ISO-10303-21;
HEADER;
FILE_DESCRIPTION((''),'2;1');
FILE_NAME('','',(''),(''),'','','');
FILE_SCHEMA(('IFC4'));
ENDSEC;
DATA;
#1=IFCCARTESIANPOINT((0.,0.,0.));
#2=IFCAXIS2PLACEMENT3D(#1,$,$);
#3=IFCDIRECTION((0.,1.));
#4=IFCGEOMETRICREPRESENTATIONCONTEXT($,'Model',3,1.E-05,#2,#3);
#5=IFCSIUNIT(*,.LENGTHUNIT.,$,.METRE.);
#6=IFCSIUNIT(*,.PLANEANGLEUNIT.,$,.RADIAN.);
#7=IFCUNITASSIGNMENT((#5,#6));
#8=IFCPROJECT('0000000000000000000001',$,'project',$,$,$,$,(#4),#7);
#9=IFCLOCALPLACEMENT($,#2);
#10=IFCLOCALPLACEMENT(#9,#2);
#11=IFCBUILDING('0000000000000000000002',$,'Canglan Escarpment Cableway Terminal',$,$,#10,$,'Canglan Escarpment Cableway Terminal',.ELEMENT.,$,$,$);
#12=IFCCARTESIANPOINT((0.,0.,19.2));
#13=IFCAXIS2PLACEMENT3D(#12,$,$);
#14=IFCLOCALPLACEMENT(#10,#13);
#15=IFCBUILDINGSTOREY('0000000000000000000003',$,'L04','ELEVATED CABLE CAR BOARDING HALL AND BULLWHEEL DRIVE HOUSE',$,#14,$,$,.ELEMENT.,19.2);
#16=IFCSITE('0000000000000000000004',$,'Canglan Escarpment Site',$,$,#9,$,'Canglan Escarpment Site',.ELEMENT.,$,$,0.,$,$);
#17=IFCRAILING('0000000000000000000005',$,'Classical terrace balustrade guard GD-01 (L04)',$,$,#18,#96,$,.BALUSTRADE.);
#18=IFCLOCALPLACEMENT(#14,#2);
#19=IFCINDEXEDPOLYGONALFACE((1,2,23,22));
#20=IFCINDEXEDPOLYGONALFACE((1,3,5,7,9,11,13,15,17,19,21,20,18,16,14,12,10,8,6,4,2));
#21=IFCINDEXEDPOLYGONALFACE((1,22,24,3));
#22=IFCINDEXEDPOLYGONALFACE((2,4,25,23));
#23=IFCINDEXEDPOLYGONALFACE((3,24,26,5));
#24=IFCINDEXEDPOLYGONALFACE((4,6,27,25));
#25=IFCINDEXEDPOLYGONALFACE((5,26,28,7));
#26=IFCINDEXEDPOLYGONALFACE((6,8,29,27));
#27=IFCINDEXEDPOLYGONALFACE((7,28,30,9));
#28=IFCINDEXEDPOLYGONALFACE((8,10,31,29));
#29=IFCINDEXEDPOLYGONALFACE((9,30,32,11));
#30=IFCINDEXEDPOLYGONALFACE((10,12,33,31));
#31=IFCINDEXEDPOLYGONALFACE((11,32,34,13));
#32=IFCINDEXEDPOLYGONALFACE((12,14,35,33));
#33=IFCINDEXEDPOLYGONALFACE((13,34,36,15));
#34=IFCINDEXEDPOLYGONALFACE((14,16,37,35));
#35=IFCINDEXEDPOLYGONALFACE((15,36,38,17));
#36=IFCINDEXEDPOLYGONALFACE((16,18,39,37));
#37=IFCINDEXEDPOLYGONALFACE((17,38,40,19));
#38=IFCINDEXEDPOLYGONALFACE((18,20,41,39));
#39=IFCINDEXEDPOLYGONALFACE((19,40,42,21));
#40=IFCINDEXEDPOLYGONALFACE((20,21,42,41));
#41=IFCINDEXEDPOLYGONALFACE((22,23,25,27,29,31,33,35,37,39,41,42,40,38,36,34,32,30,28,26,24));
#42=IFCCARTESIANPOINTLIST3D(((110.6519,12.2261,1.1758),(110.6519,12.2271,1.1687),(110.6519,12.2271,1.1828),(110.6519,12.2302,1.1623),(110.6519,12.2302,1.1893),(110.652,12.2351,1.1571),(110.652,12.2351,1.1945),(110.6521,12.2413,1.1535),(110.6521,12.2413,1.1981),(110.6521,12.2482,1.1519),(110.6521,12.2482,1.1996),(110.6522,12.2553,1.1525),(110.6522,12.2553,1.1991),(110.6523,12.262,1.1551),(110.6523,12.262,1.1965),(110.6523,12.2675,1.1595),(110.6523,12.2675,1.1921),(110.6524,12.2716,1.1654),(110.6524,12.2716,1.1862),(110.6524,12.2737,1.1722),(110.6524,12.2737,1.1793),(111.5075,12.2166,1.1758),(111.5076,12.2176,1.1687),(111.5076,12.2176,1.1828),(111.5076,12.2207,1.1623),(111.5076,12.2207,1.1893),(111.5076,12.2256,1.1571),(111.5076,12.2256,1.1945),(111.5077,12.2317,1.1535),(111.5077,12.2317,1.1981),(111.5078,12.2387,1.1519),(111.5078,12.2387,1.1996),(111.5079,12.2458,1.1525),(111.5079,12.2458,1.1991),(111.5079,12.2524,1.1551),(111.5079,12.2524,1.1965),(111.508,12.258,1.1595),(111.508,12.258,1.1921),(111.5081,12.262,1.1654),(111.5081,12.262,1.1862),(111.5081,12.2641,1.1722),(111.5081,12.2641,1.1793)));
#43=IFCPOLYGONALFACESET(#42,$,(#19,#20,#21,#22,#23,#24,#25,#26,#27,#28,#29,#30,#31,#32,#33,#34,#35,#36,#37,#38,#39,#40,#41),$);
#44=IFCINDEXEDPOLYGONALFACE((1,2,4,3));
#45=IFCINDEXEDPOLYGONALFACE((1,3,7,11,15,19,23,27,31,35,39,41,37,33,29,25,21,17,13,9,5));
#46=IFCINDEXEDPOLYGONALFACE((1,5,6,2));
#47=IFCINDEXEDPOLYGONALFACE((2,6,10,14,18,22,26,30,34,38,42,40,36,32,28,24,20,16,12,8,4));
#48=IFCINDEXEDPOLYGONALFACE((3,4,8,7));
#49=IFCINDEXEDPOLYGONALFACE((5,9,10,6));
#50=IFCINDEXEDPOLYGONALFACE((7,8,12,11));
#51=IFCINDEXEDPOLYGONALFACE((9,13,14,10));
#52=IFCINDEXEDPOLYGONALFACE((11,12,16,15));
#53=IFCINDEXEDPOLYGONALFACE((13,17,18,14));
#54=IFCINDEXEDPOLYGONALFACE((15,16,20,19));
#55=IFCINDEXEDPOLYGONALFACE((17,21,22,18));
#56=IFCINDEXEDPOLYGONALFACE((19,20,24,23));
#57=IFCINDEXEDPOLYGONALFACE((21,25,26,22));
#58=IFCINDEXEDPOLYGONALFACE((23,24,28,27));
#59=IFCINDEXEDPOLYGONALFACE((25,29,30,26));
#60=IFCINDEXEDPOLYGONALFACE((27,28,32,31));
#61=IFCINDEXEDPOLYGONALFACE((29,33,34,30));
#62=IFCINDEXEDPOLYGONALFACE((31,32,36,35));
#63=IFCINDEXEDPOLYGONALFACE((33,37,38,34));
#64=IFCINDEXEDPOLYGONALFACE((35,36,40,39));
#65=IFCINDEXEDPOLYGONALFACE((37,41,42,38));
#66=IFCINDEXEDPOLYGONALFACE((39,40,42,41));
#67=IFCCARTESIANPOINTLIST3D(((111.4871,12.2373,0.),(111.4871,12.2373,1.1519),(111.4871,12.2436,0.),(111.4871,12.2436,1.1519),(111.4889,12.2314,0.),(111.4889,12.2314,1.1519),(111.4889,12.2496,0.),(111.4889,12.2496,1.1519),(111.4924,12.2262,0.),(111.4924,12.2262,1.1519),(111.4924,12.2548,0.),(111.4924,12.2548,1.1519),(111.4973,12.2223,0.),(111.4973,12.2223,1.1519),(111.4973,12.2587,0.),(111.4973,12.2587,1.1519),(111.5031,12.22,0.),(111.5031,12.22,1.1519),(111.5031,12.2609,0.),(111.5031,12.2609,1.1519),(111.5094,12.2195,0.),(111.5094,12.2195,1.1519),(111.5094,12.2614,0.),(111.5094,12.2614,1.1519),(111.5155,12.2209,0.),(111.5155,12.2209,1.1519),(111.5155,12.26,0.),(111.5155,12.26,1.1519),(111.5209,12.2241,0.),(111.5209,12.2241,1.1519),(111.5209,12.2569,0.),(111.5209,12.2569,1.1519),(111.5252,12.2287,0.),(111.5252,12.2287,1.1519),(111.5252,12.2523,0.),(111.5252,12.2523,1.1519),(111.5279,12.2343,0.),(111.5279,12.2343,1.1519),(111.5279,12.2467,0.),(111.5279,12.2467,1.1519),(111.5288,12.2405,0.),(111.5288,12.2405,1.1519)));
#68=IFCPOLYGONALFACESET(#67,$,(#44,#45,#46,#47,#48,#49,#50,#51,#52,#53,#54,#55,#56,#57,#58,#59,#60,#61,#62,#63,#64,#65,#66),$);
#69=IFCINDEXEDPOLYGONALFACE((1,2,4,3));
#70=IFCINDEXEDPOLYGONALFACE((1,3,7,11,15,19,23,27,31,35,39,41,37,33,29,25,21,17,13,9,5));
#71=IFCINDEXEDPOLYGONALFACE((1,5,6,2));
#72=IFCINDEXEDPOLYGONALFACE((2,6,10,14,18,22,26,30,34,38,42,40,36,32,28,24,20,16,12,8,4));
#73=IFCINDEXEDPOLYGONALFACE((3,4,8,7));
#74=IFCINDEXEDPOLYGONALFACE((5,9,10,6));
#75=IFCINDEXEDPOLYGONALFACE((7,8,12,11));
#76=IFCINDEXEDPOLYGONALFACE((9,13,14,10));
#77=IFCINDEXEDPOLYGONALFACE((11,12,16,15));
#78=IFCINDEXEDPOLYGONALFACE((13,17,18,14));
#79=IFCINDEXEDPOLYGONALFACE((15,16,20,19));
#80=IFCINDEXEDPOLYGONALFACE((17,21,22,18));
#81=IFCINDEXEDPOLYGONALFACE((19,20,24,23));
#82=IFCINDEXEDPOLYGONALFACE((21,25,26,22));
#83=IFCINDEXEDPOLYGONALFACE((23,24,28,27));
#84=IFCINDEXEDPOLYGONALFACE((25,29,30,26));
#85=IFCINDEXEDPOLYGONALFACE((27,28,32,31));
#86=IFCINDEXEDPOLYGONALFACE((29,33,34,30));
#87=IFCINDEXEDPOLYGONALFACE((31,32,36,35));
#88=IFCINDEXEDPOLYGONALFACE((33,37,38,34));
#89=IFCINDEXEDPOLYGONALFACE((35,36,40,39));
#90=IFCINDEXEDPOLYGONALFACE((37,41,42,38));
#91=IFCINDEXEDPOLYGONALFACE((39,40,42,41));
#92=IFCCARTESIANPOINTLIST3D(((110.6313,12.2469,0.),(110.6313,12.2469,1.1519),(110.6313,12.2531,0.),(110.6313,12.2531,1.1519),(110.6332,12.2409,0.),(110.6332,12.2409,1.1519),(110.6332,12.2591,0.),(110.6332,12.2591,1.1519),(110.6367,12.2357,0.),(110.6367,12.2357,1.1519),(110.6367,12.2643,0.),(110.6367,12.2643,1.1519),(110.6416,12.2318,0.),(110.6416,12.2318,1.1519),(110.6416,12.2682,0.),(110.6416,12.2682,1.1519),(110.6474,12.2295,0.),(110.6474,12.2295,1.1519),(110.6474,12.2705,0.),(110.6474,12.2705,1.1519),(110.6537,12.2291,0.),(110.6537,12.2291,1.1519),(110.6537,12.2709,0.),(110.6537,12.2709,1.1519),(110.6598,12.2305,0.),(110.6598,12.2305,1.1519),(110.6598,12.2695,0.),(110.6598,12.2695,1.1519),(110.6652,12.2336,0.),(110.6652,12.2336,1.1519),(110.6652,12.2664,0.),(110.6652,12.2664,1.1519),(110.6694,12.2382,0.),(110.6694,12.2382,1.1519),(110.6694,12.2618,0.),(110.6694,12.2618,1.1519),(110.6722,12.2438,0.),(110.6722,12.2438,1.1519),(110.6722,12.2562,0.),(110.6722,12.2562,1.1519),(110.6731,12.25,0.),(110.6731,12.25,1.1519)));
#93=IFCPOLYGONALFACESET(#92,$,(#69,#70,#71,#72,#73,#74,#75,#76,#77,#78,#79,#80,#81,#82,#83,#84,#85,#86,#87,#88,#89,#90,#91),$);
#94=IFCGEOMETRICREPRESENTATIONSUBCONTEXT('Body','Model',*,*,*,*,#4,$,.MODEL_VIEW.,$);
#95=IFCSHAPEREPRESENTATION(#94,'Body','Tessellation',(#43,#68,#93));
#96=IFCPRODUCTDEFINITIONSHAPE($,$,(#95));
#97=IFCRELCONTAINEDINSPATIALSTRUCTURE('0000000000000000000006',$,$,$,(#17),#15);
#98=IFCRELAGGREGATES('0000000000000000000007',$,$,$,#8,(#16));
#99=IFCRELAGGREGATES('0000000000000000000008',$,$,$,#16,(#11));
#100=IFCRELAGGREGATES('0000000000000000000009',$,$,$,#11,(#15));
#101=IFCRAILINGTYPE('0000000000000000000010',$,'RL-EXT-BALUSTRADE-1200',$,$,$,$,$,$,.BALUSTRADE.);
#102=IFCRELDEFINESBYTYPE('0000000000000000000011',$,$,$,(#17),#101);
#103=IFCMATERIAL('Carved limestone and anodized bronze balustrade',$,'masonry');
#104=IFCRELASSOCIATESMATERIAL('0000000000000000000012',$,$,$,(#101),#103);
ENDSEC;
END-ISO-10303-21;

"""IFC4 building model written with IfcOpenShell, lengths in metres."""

from ifc_helpers import new_model, si_unit, direction, frame, origin, origin_2d, place, context, subcontext, project, spatial, circle, extrude, material, type_object, element, save


model = new_model("IFC4")

# Units and contexts
model_context = context("Model", 3, precision=1e-05, world=origin(), true_north=direction((0.0, 1.0)))
body_context = subcontext(model_context, "Body", "Model", "MODEL_VIEW")
ifc_project = project(units=[si_unit("LENGTHUNIT", "METRE"), si_unit("PLANEANGLEUNIT", "RADIAN")], contexts=[model_context])

# Site, building, storey
site_placement = place(None, origin())
site = spatial("IfcSite", under=ifc_project, at=site_placement, Name="Canglan Escarpment Site", LongName="Canglan Escarpment Site", CompositionType="ELEMENT", RefElevation=0.0)
building_placement = place(site_placement, origin())
building = spatial("IfcBuilding", under=site, at=building_placement, Name="Canglan Escarpment Cableway Terminal", LongName="Canglan Escarpment Cableway Terminal", CompositionType="ELEMENT")
storey_placement = place(building_placement, frame((0.0, 0.0, 19.2)))
storey = spatial("IfcBuildingStorey", under=building, at=storey_placement, Name="L04", Description="ELEVATED CABLE CAR BOARDING HALL AND BULLWHEEL DRIVE HOUSE", CompositionType="ELEMENT", Elevation=19.2)

# Railing
ifc_material_1 = material(Name="Carved limestone and anodized bronze balustrade", Category="masonry")
railing_type = type_object("IfcRailingType", Name="RL-EXT-BALUSTRADE-1200", PredefinedType="BALUSTRADE", material=ifc_material_1)
railing_1_placement = place(storey_placement, frame((111.5078, 12.2405, 0.0)))
element("IfcRailing", 1, at=railing_1_placement, inside=storey, type_object=railing_type, Name="Classical terrace balustrade guard GD-01 (L04)", PredefinedType="BALUSTRADE", context=body_context, shape_type="SweptSolid", body=[
    extrude(circle(Radius=0.0239, at=origin_2d()), frame((0.0, 0.0, 1.1758), z_axis=(-0.999938, 0.011126, 0.0), x_axis=(-0.011126, -0.999938, 0.0)), (0.0, 0.0, 1.0), 0.8557),
    extrude(circle(Radius=0.021, at=origin_2d()), origin(), (0.0, 0.0, 1.0), 1.1519),
    extrude(circle(Radius=0.021, at=origin_2d()), frame((-0.8557, 0.0095, 0.0)), (0.0, 0.0, 1.0), 1.1519),
])

save(model, "model.ifc")
